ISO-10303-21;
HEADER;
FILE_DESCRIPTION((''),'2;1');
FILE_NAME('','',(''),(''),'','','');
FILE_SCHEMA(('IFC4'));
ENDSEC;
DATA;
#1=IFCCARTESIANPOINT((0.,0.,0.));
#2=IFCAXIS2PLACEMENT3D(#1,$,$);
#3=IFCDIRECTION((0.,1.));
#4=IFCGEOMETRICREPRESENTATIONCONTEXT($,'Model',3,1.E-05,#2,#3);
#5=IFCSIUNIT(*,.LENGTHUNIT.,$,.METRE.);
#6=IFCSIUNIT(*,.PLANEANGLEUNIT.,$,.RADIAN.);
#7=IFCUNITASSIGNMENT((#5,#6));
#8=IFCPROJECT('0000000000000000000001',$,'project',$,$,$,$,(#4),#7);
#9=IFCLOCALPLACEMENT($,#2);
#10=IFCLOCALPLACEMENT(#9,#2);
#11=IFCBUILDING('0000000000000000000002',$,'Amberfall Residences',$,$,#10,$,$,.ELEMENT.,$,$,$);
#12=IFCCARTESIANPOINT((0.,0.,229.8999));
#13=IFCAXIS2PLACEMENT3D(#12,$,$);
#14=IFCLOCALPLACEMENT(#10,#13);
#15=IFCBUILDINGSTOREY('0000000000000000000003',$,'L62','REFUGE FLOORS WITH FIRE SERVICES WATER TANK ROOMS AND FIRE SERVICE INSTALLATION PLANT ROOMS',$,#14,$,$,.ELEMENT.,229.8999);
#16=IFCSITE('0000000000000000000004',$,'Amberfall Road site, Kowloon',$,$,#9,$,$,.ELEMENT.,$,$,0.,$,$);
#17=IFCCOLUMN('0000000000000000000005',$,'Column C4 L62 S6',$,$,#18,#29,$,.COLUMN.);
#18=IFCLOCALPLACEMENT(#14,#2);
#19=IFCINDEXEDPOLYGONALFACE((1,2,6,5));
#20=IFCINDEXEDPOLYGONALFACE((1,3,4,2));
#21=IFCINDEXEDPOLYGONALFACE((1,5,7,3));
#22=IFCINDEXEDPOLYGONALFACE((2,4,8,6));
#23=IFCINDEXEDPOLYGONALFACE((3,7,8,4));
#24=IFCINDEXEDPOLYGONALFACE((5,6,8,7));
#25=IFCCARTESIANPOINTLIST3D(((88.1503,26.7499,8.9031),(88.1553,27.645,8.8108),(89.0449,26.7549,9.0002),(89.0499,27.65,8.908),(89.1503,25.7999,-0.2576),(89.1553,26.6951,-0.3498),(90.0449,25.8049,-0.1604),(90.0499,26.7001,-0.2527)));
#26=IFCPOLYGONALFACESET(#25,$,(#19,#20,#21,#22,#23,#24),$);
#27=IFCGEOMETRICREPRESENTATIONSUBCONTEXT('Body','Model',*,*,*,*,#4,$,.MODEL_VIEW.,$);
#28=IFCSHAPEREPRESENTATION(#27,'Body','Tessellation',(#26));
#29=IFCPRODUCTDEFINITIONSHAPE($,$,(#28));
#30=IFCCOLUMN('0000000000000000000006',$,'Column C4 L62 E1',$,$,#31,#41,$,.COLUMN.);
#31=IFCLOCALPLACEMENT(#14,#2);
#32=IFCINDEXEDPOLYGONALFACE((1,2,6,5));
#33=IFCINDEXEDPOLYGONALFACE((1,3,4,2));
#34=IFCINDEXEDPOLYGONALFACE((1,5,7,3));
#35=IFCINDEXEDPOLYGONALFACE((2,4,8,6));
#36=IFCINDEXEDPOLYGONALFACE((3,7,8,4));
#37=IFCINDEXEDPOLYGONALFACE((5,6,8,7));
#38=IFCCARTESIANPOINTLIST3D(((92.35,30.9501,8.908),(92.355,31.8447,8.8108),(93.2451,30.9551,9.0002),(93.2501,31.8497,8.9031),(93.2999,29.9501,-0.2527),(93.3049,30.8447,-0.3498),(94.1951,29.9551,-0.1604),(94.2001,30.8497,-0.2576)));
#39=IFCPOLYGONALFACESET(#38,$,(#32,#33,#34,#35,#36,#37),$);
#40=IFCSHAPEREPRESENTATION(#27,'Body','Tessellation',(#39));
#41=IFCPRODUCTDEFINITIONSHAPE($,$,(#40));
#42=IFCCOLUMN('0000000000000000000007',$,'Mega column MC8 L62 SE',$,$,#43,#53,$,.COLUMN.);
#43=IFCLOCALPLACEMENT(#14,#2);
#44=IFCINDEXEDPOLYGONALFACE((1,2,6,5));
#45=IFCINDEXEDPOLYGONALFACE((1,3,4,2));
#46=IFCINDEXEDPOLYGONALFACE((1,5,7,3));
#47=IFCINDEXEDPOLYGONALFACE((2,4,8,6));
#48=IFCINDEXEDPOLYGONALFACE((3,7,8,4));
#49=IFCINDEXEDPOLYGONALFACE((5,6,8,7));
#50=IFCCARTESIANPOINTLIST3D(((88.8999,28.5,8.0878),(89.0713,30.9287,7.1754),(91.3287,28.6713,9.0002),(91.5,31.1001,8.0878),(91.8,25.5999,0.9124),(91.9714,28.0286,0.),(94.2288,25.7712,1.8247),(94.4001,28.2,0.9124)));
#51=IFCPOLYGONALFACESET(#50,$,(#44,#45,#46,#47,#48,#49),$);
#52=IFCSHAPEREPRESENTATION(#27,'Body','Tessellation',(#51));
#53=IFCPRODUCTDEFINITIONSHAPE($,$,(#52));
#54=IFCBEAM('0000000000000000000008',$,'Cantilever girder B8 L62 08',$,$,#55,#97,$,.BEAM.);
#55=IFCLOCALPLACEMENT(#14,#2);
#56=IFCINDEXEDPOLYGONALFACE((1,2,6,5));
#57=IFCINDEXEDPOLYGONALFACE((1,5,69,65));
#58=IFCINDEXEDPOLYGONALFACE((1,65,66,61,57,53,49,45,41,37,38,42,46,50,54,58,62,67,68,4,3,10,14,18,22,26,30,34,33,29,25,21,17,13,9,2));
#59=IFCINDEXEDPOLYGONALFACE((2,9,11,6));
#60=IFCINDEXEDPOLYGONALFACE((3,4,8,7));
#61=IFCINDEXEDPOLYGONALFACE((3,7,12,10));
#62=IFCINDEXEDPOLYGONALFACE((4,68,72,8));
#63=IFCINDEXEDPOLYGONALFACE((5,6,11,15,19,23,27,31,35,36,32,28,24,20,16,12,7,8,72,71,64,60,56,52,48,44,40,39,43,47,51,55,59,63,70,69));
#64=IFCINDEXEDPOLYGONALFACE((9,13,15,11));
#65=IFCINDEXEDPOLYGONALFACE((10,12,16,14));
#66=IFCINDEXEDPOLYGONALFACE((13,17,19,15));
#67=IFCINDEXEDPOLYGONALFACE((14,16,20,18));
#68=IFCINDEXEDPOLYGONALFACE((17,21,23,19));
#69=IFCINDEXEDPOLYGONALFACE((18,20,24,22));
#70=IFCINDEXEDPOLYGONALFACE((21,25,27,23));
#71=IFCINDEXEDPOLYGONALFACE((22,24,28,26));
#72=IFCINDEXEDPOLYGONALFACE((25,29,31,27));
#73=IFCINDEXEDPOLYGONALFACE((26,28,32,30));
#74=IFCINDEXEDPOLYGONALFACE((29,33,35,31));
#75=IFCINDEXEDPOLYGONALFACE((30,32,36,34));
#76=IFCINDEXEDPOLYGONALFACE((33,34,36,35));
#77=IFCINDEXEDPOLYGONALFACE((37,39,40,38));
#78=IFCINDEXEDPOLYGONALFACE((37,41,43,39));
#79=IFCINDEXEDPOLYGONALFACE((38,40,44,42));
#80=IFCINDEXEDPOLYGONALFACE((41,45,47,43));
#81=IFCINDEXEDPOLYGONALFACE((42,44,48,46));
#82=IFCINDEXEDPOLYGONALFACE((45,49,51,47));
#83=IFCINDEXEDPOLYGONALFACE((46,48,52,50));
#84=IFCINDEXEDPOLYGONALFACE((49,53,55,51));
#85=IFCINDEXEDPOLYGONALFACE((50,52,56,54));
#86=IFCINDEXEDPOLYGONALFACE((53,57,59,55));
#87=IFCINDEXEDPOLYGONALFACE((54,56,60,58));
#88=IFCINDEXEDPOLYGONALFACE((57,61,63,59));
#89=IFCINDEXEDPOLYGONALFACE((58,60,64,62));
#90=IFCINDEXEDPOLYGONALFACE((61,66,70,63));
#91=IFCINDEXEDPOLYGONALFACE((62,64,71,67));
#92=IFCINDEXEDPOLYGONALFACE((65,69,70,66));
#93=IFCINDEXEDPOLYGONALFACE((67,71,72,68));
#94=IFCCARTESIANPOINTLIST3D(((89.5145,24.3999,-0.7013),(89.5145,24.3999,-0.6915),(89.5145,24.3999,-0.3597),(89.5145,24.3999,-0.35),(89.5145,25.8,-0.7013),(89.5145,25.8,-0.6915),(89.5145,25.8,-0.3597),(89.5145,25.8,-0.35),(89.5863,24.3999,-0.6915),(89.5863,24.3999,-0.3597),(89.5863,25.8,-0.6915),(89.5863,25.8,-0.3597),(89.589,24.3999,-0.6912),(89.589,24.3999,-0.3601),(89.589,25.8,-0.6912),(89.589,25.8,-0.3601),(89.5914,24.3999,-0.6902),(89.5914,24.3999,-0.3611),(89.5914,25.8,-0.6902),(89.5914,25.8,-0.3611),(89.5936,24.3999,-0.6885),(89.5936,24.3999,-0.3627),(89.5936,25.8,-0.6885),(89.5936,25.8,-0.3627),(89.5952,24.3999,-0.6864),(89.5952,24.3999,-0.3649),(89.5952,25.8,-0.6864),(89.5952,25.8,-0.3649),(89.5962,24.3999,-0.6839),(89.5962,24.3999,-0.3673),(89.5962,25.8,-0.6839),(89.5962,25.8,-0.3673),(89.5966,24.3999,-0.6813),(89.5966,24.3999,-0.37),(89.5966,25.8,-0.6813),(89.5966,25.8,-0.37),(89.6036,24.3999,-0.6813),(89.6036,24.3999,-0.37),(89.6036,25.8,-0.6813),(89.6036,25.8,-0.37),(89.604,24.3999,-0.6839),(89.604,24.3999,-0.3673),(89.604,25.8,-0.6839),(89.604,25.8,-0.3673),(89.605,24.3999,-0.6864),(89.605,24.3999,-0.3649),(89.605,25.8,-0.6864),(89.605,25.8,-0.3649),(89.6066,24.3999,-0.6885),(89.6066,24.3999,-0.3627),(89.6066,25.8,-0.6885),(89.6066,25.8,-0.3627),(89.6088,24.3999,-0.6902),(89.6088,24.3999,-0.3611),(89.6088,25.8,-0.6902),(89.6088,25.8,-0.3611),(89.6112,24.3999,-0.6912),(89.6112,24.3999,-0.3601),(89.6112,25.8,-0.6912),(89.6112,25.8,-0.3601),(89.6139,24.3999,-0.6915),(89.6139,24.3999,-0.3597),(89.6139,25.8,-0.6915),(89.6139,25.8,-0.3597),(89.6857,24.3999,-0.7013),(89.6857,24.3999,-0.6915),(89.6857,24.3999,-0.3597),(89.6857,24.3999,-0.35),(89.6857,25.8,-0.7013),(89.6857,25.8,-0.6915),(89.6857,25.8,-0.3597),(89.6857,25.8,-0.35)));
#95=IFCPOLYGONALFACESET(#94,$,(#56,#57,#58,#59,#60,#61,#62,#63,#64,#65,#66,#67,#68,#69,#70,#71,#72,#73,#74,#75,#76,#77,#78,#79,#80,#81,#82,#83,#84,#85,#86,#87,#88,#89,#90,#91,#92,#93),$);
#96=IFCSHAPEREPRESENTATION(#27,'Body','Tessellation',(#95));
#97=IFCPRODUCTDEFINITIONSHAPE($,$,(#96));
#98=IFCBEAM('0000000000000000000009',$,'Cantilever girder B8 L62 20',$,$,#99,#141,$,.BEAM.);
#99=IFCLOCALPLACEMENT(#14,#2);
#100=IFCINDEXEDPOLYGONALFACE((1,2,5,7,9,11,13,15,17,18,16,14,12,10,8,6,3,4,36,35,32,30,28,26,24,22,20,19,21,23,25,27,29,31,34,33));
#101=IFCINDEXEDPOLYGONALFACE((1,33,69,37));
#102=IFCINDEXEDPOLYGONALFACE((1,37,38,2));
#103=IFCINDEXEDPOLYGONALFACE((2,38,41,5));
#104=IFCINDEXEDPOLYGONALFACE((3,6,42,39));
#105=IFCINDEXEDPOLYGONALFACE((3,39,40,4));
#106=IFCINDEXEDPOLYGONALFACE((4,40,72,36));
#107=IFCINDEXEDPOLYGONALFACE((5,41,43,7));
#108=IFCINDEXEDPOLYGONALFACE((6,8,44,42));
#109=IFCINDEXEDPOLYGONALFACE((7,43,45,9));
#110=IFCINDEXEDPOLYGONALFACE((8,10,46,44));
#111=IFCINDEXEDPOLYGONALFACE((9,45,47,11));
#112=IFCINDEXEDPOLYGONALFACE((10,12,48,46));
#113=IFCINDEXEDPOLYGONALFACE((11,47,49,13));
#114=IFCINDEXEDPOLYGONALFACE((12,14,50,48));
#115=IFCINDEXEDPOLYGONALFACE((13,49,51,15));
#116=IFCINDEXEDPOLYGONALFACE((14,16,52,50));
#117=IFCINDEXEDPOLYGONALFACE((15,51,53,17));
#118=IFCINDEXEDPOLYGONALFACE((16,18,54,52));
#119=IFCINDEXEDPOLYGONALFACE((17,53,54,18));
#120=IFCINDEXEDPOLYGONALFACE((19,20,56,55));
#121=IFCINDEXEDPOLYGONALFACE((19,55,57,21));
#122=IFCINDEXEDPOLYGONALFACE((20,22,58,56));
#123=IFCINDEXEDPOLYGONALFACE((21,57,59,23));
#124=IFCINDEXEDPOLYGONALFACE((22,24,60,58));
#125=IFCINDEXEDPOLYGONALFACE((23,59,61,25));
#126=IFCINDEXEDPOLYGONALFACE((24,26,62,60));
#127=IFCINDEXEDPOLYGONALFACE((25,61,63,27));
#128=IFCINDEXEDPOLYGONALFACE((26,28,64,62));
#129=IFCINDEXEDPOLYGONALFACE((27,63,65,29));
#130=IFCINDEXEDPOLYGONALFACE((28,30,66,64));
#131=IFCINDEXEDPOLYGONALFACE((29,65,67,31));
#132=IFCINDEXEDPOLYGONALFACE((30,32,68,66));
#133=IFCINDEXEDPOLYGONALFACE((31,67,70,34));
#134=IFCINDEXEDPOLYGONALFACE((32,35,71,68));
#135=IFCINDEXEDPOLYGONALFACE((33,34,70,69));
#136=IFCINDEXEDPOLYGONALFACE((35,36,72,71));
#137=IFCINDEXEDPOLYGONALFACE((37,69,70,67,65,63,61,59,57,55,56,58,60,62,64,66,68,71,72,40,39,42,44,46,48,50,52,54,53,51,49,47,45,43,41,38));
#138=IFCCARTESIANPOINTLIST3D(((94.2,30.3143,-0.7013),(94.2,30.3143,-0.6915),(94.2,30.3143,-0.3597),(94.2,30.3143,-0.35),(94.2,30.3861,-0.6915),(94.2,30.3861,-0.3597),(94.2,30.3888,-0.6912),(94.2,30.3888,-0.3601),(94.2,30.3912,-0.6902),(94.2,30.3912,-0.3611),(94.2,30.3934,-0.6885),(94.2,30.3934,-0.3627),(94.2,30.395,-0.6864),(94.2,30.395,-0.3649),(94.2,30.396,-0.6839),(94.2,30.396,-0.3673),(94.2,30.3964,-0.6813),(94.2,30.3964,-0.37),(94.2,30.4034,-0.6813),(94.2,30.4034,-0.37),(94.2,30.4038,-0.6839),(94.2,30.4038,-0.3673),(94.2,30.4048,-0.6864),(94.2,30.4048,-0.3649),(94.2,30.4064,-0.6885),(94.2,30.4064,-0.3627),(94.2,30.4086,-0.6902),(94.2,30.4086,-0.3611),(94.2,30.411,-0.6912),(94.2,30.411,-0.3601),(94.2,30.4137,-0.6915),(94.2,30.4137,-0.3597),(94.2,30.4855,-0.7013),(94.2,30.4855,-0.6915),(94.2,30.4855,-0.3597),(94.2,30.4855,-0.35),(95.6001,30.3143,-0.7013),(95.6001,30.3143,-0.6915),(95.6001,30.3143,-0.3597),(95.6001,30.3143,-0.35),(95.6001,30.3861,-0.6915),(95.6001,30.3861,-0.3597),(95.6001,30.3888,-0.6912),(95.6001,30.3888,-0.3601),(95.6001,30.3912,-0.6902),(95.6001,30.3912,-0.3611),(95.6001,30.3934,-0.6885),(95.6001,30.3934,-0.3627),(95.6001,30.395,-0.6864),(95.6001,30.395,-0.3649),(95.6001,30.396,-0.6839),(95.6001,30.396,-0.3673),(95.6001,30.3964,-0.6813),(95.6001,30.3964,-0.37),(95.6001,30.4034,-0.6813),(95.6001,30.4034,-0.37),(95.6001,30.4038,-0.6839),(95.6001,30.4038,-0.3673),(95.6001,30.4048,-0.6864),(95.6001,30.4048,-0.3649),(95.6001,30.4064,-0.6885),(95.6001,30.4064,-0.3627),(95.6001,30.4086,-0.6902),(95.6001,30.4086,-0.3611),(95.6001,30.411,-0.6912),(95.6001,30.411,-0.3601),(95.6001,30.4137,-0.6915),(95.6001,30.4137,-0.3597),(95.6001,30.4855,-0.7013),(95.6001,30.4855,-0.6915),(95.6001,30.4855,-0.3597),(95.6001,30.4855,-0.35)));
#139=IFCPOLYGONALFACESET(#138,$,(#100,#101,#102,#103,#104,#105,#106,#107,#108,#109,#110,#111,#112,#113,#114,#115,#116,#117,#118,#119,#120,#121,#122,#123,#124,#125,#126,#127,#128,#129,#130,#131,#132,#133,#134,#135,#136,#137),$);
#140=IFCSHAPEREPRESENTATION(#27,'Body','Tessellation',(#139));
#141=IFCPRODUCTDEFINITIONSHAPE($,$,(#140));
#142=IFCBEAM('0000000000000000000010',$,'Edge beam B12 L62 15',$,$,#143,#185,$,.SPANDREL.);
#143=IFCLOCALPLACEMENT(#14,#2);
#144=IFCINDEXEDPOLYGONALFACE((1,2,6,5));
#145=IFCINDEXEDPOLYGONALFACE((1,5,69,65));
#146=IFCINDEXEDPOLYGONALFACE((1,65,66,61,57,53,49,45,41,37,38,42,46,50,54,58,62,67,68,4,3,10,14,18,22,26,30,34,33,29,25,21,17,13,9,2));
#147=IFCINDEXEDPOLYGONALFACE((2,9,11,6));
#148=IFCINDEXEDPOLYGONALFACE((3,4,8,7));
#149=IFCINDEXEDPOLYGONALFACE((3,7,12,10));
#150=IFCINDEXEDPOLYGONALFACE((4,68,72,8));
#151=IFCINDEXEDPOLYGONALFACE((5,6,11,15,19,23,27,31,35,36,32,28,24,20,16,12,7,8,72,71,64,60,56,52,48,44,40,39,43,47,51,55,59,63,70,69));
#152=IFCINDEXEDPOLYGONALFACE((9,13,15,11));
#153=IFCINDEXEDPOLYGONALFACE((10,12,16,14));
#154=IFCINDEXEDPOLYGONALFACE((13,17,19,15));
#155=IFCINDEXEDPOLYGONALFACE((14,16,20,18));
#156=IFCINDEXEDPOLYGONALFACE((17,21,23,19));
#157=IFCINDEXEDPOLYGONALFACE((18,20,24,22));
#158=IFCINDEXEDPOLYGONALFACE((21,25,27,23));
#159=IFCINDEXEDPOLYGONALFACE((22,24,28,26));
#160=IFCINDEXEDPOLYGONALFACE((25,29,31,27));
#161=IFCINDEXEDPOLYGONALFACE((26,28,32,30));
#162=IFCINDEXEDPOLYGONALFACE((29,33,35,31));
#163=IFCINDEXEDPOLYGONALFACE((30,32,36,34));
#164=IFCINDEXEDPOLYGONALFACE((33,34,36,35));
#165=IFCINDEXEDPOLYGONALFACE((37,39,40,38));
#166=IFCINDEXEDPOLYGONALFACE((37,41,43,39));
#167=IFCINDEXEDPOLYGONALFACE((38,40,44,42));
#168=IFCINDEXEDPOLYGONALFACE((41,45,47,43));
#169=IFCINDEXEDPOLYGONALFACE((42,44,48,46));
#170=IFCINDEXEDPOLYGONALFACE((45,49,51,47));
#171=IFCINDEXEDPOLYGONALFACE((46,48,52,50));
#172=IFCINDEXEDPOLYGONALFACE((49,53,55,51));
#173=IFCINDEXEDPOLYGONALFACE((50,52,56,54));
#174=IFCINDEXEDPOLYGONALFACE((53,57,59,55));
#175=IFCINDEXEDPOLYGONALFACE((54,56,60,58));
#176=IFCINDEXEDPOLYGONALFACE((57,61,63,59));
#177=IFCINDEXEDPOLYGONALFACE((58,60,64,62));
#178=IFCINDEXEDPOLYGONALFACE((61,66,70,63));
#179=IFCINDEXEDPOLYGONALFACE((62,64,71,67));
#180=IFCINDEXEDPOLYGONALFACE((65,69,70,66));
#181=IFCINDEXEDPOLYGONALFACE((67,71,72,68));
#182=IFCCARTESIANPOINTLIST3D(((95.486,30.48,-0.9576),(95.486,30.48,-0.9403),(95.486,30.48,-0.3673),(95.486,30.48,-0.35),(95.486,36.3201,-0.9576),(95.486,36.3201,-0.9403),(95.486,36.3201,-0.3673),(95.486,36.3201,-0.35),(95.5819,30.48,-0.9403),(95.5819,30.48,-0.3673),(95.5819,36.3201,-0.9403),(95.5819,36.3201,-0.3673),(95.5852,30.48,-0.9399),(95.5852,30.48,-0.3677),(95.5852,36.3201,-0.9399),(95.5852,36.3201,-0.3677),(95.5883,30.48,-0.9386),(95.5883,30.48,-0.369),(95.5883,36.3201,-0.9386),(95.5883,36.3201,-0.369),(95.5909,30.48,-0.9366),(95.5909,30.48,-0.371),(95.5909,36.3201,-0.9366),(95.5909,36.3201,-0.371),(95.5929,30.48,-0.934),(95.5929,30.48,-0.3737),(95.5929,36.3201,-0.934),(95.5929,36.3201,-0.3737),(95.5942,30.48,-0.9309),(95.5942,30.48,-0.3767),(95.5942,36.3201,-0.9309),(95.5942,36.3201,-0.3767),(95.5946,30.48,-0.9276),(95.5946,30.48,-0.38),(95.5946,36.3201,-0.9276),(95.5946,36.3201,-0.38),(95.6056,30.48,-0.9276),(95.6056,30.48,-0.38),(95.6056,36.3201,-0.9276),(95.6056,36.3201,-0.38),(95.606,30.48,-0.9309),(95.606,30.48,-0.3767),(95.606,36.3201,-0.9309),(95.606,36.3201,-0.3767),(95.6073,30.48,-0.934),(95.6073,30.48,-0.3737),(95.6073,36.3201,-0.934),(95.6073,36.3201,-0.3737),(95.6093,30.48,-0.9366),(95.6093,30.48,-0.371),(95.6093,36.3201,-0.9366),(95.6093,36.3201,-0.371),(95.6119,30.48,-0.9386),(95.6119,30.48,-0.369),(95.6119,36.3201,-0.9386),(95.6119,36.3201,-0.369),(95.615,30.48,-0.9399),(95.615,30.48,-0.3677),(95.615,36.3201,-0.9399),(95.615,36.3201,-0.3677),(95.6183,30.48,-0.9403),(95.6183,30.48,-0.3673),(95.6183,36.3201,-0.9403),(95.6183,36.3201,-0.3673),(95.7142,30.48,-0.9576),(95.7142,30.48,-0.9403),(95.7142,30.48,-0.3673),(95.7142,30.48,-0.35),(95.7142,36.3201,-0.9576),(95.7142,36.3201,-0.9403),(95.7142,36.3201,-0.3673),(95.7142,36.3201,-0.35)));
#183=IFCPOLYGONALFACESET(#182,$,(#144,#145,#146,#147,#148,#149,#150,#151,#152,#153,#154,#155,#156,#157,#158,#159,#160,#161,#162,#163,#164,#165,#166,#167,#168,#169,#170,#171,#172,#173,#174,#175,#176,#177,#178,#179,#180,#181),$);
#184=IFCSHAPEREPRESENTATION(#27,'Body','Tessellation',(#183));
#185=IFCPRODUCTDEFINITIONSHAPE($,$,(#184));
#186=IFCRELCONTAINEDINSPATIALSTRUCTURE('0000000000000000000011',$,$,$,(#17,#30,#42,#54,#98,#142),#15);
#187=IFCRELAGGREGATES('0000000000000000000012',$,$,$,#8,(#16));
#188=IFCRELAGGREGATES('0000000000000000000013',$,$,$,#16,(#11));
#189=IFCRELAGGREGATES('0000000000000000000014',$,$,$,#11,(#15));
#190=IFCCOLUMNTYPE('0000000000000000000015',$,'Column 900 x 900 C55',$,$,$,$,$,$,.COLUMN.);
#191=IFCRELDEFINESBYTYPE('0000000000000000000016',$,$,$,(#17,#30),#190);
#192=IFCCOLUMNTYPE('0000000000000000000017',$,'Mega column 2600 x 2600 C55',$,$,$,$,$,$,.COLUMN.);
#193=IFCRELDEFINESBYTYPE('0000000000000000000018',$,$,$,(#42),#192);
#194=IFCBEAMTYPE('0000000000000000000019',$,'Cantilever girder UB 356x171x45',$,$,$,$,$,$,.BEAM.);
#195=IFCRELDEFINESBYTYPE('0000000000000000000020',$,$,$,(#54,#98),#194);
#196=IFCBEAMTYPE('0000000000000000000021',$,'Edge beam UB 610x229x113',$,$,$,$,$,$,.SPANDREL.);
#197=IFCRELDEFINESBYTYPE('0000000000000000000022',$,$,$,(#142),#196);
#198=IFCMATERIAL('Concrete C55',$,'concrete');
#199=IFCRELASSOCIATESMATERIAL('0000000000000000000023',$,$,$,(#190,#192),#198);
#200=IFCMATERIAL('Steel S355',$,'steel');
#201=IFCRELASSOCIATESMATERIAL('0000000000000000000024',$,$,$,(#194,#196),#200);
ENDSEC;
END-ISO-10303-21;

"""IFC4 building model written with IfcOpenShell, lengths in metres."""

from ifc_helpers import new_model, si_unit, direction, frame, origin, origin_2d, place, context, subcontext, project, spatial, rectangle, i_section, extrude, material, material_profile, profile_set, type_object, element, save


model = new_model("IFC4")

# Units and contexts
model_context = context("Model", 3, precision=1e-05, world=origin(), true_north=direction((0.0, 1.0)))
body_context = subcontext(model_context, "Body", "Model", "MODEL_VIEW")
ifc_project = project(units=[si_unit("LENGTHUNIT", "METRE"), si_unit("PLANEANGLEUNIT", "RADIAN")], contexts=[model_context])

# Site, building, storey
site_placement = place(None, origin())
site = spatial("IfcSite", under=ifc_project, at=site_placement, Name="Amberfall Road site, Kowloon", CompositionType="ELEMENT", RefElevation=0.0)
building_placement = place(site_placement, origin())
building = spatial("IfcBuilding", under=site, at=building_placement, Name="Amberfall Residences", CompositionType="ELEMENT")
storey_placement = place(building_placement, frame((0.0, 0.0, 229.8999)))
storey = spatial("IfcBuildingStorey", under=building, at=storey_placement, Name="L62", Description="REFUGE FLOORS WITH FIRE SERVICES WATER TANK ROOMS AND FIRE SERVICE INSTALLATION PLANT ROOMS", CompositionType="ELEMENT", Elevation=229.8999)

# Columns
ifc_material_1 = material(Name="Concrete C55", Category="concrete")
ifc_material_profile_1 = material_profile(ifc_material_1, rectangle(XDim=0.8999, YDim=0.8999, at=origin_2d()), Name="Column 900 x 900 C55")
ifc_profile_set_1 = profile_set([ifc_material_profile_1], Name="Concrete C55")
column_type_1 = type_object("IfcColumnType", Name="Column 900 x 900 C55", PredefinedType="COLUMN", material=ifc_profile_set_1)
for number, where, z_axis, x_axis, name in (
    (1, (89.6001, 26.25, -0.2551), (-0.107946, 0.102543, 0.988854), (-0.00554, -0.994713, 0.102546), "Column C4 L62 S6"),
    (2, (93.75, 30.3999, -0.2551), (-0.102543, 0.107946, 0.988854), (-0.005591, -0.994141, 0.107943), "Column C4 L62 E1"),
):
    element("IfcColumn", number, at=place(storey_placement, frame(where, z_axis=z_axis, x_axis=x_axis)), inside=storey, type_object=column_type_1, Name=name, PredefinedType="COLUMN", context=body_context, shape_type="SweptSolid", body=[
        extrude(rectangle(XDim=0.8999, YDim=0.8999, at=origin_2d()), origin(), (0.0, 0.0, 1.0), 9.2639),
    ])
ifc_material_profile_2 = material_profile(ifc_material_1, rectangle(XDim=2.6001, YDim=2.6001, at=origin_2d()), Name="Mega column 2600 x 2600 C55")
ifc_profile_set_2 = profile_set([ifc_material_profile_2], Name="Concrete C55")
column_type_2 = type_object("IfcColumnType", Name="Mega column 2600 x 2600 C55", PredefinedType="COLUMN", material=ifc_profile_set_2)
column_placement = place(storey_placement, frame((93.1001, 26.8999, 0.9124), z_axis=(-0.350895, 0.350895, 0.868185), x_axis=(-0.065908, -0.934092, 0.350895)))
element("IfcColumn", 3, at=column_placement, inside=storey, type_object=column_type_2, Name="Mega column MC8 L62 SE", PredefinedType="COLUMN", context=body_context, shape_type="SweptSolid", body=[
    extrude(rectangle(XDim=2.6001, YDim=2.6001, at=origin_2d()), origin(), (0.0, 0.0, 1.0), 8.2649),
])

# Beams
ifc_material_2 = material(Name="Steel S355", Category="steel")
ifc_material_profile_3 = material_profile(ifc_material_2, i_section(OverallWidth=0.1711, OverallDepth=0.3513, WebThickness=0.0071, FlangeThickness=0.0098, FilletRadius=0.0103, at=origin_2d()), Name="UB 356x171x45")
ifc_profile_set_3 = profile_set([ifc_material_profile_3], Name="Steel S355")
beam_type_1 = type_object("IfcBeamType", Name="Cantilever girder UB 356x171x45", PredefinedType="BEAM", material=ifc_profile_set_3)
for number, where, z_axis, x_axis, name in (
    (4, (89.6001, 25.8, -0.5256), (0.0, -1.0, 0.0), (1.0, 0.0, 0.0), "Cantilever girder B8 L62 08"),
    (5, (94.2, 30.3999, -0.5256), (1.0, 0.0, 0.0), (0.0, 1.0, 0.0), "Cantilever girder B8 L62 20"),
):
    element("IfcBeam", number, at=place(storey_placement, frame(where, z_axis=z_axis, x_axis=x_axis)), inside=storey, type_object=beam_type_1, Name=name, PredefinedType="BEAM", context=body_context, shape_type="SweptSolid", body=[
        extrude(i_section(OverallWidth=0.1711, OverallDepth=0.3513, WebThickness=0.0071, FlangeThickness=0.0098, FilletRadius=0.0103, at=origin_2d()), origin(), (0.0, 0.0, 1.0), 1.4001),
    ])
ifc_material_profile_4 = material_profile(ifc_material_2, i_section(OverallWidth=0.2283, OverallDepth=0.6077, WebThickness=0.011, FlangeThickness=0.0173, FilletRadius=0.0127, at=origin_2d()), Name="UB 610x229x113")
ifc_profile_set_4 = profile_set([ifc_material_profile_4], Name="Steel S355")
beam_type_2 = type_object("IfcBeamType", Name="Edge beam UB 610x229x113", PredefinedType="SPANDREL", material=ifc_profile_set_4)
beam_1_placement = place(storey_placement, frame((95.6001, 30.48, -0.6538), z_axis=(0.0, 1.0, 0.0), x_axis=(-1.0, 0.0, 0.0)))
element("IfcBeam", 6, at=beam_1_placement, inside=storey, type_object=beam_type_2, Name="Edge beam B12 L62 15", PredefinedType="SPANDREL", context=body_context, shape_type="SweptSolid", body=[
    extrude(i_section(OverallWidth=0.2283, OverallDepth=0.6077, WebThickness=0.011, FlangeThickness=0.0173, FilletRadius=0.0127, at=origin_2d()), origin(), (0.0, 0.0, 1.0), 5.8401),
])

save(model, "model.ifc")
